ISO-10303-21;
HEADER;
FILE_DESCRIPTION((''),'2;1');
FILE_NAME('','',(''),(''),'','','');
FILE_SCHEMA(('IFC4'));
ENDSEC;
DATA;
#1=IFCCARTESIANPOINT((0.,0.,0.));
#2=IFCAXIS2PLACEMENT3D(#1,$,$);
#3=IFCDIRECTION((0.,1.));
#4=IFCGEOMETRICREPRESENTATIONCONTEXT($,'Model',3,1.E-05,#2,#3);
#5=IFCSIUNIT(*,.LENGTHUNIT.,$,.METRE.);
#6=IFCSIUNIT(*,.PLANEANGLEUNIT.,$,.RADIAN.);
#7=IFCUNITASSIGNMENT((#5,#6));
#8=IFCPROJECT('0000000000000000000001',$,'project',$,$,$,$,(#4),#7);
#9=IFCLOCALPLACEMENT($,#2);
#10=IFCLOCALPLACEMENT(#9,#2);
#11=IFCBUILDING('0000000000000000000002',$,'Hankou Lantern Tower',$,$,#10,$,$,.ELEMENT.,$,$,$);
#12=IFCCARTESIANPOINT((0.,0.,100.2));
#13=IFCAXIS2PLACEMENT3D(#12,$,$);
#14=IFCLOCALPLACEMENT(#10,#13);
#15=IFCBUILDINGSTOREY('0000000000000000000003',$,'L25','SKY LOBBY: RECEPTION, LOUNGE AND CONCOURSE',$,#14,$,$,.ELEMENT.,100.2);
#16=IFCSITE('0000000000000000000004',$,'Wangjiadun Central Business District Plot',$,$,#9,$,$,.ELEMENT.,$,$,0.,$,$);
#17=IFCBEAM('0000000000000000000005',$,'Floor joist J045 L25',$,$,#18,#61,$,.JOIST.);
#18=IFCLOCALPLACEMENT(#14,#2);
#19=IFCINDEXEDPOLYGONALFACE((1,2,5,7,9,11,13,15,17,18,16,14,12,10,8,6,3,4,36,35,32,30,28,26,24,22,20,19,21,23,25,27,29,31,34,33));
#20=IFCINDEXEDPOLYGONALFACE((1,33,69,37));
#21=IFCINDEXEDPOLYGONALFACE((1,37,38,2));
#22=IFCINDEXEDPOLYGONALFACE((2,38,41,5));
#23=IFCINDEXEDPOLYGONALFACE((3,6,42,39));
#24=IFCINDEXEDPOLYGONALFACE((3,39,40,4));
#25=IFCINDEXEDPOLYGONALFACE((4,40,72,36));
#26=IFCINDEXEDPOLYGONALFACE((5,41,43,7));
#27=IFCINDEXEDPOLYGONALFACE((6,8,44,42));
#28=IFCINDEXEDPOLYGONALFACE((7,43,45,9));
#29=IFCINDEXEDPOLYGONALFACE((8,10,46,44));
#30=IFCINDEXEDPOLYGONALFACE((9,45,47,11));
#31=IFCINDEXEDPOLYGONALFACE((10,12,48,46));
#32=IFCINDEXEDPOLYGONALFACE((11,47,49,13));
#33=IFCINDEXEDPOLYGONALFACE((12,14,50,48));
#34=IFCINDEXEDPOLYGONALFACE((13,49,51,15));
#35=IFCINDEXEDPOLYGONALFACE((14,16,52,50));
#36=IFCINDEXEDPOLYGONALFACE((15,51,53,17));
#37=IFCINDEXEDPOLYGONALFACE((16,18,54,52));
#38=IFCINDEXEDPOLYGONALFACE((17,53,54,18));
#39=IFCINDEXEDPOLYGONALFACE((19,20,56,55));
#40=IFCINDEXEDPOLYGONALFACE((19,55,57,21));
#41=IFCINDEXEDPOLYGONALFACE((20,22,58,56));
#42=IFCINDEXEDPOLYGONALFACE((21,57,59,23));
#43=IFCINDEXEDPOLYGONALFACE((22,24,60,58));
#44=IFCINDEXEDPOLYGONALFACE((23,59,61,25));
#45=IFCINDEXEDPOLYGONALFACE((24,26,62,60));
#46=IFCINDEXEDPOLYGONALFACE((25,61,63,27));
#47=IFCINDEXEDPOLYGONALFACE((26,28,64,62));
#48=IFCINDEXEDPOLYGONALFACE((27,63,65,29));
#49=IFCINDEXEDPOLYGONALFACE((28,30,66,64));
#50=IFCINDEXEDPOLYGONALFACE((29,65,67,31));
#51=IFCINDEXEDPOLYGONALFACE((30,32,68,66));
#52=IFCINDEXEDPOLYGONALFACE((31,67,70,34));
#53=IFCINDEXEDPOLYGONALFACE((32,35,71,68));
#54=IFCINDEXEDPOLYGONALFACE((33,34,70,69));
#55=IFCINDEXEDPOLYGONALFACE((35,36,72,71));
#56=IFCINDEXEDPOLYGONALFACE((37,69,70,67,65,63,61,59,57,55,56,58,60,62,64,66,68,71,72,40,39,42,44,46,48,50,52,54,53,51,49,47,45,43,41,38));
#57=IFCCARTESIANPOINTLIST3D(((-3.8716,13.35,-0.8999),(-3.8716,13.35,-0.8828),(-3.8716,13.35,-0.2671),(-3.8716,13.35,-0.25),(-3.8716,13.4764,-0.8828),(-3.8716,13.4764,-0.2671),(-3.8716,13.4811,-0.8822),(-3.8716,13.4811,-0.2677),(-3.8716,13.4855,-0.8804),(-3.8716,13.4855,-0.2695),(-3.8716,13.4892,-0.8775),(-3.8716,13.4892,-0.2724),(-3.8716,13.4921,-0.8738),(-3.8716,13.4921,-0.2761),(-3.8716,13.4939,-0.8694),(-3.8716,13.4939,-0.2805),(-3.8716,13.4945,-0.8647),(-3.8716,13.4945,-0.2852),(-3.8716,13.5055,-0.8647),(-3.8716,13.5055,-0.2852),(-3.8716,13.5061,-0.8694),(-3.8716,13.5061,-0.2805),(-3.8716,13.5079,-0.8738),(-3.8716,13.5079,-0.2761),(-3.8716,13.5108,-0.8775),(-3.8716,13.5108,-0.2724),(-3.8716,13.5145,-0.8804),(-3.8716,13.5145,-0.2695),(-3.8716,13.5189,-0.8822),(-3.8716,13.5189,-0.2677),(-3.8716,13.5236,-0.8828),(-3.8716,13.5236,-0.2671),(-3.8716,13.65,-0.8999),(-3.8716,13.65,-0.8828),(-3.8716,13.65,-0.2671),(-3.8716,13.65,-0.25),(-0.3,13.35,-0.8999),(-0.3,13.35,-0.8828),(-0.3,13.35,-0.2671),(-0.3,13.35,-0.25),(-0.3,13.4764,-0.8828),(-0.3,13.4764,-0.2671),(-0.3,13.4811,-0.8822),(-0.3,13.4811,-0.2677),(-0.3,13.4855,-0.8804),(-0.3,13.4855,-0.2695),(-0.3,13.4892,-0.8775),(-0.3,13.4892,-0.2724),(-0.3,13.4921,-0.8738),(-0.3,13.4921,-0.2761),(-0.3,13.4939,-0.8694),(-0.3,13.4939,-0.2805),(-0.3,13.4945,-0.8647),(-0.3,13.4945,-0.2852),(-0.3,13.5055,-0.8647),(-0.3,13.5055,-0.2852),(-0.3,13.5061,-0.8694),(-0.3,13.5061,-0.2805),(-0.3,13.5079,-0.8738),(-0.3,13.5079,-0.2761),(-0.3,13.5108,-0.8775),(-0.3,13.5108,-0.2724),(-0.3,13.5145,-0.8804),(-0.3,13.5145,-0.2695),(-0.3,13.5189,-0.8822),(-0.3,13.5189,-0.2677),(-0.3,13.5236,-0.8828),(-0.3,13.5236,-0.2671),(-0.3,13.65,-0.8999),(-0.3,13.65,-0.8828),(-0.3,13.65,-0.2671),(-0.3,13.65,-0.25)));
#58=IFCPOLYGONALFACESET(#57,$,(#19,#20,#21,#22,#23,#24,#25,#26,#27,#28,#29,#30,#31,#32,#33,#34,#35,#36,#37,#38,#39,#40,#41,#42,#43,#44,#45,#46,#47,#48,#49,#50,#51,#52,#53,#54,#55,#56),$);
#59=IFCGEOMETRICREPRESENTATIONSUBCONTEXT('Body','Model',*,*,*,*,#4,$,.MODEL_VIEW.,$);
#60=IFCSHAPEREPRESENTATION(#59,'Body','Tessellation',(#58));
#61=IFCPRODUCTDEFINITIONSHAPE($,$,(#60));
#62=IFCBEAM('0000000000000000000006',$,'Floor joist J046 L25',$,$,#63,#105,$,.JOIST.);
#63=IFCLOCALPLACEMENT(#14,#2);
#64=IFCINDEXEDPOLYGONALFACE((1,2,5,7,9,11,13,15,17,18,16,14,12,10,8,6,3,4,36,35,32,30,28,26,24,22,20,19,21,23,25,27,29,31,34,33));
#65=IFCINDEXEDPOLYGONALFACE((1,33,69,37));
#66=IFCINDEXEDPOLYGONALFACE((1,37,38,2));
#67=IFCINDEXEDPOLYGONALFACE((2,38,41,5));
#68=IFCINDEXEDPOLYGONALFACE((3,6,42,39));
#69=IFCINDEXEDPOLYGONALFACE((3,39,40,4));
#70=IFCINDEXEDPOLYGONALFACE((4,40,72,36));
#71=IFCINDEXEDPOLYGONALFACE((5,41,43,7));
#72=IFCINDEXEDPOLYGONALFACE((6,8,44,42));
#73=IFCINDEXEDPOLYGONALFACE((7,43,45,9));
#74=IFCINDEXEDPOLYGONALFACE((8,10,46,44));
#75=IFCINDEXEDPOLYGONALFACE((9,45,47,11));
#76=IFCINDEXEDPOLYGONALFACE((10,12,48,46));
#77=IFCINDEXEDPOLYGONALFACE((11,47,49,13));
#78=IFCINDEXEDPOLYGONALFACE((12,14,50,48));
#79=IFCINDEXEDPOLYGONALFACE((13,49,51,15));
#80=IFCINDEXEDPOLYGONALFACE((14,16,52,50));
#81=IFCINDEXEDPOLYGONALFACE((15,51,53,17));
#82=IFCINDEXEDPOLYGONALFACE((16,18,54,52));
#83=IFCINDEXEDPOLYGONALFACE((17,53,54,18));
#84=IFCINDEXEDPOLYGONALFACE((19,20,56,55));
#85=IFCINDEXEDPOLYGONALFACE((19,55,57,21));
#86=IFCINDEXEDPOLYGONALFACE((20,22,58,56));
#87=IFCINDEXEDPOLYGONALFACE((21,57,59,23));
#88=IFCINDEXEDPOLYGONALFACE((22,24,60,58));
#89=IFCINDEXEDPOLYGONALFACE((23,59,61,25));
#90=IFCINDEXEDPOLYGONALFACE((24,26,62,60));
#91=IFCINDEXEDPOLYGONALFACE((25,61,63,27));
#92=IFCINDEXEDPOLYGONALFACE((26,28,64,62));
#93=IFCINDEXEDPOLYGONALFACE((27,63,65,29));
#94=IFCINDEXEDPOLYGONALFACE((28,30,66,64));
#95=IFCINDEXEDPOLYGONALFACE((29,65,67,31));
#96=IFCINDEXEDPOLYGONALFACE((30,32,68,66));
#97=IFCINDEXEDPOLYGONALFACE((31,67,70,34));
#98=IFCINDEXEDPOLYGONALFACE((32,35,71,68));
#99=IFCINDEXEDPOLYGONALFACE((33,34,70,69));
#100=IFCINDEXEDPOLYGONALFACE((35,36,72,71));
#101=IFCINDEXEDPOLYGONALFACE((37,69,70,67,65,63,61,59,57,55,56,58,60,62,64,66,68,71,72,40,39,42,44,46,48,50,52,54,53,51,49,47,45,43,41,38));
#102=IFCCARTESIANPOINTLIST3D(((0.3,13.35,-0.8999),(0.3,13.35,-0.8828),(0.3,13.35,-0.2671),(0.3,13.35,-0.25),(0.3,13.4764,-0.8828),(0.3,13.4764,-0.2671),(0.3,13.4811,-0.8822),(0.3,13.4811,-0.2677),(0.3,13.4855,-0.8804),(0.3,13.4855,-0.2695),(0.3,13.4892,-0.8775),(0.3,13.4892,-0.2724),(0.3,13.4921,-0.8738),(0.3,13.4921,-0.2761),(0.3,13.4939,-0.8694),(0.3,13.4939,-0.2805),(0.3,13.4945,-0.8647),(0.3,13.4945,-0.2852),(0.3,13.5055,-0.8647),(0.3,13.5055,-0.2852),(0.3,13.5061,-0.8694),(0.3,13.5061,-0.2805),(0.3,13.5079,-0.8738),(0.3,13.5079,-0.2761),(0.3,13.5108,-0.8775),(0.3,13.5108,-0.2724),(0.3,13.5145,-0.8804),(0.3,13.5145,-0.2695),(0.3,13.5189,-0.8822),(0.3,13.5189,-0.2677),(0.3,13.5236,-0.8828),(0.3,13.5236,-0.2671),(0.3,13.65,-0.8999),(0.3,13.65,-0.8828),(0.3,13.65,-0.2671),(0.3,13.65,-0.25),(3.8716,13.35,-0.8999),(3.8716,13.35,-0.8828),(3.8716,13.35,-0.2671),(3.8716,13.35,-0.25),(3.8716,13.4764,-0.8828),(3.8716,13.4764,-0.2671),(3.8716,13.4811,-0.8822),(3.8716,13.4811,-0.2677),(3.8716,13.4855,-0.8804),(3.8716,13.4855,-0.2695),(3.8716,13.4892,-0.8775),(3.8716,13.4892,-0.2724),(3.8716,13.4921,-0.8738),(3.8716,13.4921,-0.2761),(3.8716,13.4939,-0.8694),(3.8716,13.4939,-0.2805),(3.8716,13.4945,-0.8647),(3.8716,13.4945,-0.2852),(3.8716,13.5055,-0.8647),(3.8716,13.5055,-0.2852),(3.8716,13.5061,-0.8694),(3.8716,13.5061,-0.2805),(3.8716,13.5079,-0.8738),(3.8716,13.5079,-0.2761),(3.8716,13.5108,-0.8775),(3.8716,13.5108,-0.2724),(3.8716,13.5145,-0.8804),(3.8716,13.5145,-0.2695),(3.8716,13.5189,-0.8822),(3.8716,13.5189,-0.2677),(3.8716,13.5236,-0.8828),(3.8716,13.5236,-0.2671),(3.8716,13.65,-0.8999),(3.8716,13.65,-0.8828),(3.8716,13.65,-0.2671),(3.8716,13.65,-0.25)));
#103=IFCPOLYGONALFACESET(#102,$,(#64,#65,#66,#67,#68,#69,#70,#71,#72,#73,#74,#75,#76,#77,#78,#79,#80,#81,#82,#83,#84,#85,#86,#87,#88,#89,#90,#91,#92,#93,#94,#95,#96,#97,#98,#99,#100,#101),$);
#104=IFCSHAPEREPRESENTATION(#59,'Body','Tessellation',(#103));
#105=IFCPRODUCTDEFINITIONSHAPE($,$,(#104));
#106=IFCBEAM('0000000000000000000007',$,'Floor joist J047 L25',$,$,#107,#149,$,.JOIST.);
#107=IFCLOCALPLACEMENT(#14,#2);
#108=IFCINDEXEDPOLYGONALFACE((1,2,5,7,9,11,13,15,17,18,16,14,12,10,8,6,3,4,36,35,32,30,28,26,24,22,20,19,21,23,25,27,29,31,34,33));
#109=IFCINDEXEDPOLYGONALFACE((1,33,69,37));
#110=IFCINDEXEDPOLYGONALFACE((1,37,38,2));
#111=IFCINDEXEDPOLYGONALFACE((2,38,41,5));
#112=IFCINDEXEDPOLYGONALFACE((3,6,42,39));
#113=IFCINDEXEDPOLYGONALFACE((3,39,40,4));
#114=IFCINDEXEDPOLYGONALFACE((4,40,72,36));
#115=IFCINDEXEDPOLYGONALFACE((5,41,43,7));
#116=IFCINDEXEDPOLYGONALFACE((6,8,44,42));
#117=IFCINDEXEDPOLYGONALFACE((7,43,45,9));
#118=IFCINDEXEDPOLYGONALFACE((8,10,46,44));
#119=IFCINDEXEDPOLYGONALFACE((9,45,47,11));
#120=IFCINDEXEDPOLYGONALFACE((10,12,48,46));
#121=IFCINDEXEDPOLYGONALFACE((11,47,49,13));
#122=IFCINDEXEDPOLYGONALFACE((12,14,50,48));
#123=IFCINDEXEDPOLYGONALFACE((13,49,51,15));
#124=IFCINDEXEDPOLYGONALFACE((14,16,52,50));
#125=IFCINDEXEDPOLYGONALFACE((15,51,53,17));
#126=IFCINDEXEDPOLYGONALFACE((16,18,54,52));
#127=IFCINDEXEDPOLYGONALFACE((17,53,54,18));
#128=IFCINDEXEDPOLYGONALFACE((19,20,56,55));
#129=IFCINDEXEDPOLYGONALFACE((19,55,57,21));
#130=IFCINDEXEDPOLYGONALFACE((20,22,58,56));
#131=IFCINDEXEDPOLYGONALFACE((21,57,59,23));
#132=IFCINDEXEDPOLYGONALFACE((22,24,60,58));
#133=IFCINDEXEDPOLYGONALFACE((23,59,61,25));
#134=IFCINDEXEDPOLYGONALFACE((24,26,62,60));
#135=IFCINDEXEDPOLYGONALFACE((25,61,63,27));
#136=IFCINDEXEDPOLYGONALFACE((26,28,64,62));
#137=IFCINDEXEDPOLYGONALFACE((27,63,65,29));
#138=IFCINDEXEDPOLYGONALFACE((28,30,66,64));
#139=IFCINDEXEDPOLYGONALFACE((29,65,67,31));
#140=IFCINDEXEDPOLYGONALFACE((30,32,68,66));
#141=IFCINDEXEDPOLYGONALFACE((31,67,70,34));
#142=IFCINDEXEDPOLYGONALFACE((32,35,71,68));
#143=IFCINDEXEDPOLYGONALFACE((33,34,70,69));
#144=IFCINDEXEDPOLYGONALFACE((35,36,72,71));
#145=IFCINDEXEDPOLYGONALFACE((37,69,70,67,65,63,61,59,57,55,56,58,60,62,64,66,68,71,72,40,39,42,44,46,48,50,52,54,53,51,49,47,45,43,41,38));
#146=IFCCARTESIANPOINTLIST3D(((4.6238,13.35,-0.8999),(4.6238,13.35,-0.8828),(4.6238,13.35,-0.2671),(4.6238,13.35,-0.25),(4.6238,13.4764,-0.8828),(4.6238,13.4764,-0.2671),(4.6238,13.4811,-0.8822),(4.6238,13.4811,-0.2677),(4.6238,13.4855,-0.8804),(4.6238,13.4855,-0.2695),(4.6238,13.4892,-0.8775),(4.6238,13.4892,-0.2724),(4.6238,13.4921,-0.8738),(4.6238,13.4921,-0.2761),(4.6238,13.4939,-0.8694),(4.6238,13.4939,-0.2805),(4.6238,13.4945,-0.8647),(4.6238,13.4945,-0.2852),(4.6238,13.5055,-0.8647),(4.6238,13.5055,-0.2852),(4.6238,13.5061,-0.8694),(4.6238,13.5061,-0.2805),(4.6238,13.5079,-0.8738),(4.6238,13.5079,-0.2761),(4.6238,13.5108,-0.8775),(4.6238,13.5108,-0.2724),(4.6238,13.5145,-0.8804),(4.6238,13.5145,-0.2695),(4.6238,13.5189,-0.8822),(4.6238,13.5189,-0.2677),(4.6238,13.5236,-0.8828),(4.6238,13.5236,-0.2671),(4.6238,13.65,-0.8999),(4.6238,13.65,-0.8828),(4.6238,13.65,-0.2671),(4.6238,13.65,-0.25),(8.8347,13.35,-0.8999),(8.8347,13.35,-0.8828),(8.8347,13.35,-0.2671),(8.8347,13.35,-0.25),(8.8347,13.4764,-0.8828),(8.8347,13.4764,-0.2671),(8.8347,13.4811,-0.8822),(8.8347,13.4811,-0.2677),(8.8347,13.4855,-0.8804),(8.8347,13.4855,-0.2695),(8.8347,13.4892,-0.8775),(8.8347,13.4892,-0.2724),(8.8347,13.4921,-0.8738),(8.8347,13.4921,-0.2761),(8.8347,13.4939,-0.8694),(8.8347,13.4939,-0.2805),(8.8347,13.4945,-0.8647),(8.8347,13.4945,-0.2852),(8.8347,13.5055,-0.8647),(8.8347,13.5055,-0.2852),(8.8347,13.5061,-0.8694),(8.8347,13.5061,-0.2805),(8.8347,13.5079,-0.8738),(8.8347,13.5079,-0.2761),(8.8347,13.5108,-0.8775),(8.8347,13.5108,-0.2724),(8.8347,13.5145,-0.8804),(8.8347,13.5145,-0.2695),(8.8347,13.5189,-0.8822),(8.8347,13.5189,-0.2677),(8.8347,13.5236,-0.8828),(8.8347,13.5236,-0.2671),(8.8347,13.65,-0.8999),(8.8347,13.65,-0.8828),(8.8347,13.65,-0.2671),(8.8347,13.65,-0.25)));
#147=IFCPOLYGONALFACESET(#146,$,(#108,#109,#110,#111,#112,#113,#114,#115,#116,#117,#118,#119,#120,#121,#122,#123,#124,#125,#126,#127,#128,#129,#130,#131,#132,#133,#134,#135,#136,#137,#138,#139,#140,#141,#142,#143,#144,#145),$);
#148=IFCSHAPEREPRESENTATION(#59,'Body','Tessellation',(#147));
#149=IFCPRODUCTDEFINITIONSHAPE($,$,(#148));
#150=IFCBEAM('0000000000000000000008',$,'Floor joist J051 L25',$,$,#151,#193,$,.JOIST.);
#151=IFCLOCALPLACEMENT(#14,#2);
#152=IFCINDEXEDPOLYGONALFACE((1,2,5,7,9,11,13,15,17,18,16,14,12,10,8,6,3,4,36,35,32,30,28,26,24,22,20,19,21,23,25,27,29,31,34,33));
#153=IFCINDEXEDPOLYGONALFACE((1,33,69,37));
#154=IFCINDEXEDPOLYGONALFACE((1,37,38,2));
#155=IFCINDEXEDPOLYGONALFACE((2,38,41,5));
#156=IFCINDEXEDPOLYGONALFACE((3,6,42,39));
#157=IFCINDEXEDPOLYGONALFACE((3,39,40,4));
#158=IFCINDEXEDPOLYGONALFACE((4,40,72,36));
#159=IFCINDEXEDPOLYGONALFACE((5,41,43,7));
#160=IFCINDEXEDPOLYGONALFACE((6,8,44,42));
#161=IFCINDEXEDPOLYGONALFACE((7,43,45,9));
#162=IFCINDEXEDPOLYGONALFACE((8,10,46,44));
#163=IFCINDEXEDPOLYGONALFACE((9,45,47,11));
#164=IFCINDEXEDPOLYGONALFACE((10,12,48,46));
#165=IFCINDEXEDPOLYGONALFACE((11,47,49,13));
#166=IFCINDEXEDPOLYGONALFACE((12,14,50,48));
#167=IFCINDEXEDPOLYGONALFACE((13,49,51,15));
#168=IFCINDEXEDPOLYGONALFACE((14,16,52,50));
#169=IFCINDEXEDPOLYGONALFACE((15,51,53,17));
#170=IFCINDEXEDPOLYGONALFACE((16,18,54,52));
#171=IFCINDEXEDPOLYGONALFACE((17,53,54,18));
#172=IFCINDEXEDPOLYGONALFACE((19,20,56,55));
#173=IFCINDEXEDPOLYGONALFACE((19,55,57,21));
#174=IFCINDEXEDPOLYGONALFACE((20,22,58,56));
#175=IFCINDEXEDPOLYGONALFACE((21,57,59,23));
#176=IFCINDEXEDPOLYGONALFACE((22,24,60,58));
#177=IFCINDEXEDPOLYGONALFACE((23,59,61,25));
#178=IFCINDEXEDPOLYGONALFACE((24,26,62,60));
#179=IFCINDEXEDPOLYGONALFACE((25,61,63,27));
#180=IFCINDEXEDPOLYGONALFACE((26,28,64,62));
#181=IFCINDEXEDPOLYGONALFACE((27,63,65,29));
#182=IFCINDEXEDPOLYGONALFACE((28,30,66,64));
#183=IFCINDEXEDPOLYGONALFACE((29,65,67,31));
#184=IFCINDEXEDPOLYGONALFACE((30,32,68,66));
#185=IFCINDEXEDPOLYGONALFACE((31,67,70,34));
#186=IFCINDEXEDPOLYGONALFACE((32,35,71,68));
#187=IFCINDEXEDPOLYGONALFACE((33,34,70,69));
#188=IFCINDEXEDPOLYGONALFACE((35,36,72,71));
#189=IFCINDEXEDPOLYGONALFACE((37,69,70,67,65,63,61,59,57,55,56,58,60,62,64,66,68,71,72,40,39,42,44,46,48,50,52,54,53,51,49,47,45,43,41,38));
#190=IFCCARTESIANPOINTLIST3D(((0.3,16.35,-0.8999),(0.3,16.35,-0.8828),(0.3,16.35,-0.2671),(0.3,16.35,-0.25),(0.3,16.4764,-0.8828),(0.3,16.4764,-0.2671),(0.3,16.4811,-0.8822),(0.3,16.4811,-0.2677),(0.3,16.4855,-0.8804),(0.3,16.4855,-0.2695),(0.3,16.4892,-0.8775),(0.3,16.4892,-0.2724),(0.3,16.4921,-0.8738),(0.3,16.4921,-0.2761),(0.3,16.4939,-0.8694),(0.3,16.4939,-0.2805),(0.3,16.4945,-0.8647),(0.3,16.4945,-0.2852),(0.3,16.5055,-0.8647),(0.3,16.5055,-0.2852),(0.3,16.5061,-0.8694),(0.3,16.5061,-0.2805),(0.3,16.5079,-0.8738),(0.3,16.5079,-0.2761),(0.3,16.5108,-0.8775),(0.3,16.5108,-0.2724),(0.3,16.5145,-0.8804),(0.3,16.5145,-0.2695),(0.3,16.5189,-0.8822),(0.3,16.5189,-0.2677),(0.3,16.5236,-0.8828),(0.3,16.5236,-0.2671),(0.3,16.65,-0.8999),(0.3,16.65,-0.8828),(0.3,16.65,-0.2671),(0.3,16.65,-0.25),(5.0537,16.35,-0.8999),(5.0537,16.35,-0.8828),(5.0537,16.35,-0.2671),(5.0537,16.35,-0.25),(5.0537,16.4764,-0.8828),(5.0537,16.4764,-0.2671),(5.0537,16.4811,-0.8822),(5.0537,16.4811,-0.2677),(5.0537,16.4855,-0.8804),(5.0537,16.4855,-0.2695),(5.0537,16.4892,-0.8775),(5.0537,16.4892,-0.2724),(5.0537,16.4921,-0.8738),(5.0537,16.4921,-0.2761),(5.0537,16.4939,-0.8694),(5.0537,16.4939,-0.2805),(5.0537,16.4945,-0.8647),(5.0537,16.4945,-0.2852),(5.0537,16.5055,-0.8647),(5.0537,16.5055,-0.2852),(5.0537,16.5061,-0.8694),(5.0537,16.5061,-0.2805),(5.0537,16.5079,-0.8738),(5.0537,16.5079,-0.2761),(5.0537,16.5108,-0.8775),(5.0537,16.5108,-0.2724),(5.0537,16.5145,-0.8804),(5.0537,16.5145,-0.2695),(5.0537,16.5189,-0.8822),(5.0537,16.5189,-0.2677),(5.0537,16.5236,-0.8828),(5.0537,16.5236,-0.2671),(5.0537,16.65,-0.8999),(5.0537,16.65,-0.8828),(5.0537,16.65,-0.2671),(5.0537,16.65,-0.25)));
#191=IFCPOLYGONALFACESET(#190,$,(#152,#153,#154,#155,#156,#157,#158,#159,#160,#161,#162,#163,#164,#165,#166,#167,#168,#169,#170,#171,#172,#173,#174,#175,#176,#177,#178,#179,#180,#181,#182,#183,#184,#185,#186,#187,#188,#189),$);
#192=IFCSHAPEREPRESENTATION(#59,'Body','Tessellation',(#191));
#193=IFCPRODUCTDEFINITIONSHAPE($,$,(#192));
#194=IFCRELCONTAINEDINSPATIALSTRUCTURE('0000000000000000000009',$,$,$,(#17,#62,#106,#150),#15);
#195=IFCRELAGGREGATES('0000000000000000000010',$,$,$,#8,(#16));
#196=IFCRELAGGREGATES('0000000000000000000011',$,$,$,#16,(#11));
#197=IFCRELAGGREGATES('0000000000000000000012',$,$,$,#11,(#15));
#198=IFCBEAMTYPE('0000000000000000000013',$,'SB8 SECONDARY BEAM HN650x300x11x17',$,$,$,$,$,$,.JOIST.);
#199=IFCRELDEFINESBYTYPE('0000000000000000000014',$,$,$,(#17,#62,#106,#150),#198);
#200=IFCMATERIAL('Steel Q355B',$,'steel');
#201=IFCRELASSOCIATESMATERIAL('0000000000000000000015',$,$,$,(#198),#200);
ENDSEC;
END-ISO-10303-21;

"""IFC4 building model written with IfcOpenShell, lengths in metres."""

from ifc_helpers import new_model, si_unit, direction, frame, origin, origin_2d, place, context, subcontext, project, spatial, i_section, extrude, material, material_profile, profile_set, type_object, element, save


model = new_model("IFC4")

# Units and contexts
model_context = context("Model", 3, precision=1e-05, world=origin(), true_north=direction((0.0, 1.0)))
body_context = subcontext(model_context, "Body", "Model", "MODEL_VIEW")
ifc_project = project(units=[si_unit("LENGTHUNIT", "METRE"), si_unit("PLANEANGLEUNIT", "RADIAN")], contexts=[model_context])

# Site, building, storey
site_placement = place(None, origin())
site = spatial("IfcSite", under=ifc_project, at=site_placement, Name="Wangjiadun Central Business District Plot", CompositionType="ELEMENT", RefElevation=0.0)
building_placement = place(site_placement, origin())
building = spatial("IfcBuilding", under=site, at=building_placement, Name="Hankou Lantern Tower", CompositionType="ELEMENT")
storey_placement = place(building_placement, frame((0.0, 0.0, 100.2)))
storey = spatial("IfcBuildingStorey", under=building, at=storey_placement, Name="L25", Description="SKY LOBBY: RECEPTION, LOUNGE AND CONCOURSE", CompositionType="ELEMENT", Elevation=100.2)

# Beams
ifc_material_1 = material(Name="Steel Q355B", Category="steel")
ifc_material_profile_1 = material_profile(ifc_material_1, i_section(OverallWidth=0.3, OverallDepth=0.6499, WebThickness=0.011, FlangeThickness=0.0171, FilletRadius=0.0181, at=origin_2d()), Name="HN650x300x11x17")
ifc_profile_set_1 = profile_set([ifc_material_profile_1], Name="Steel Q355B")
beam_type_1 = type_object("IfcBeamType", Name="SB8 SECONDARY BEAM HN650x300x11x17", PredefinedType="JOIST", material=ifc_profile_set_1)
for number, where, z_axis, x_axis, name in (
    (1, (-3.8716, 13.5, -0.575), (1.0, 0.0, 0.0), (0.0, 1.0, 0.0), "Floor joist J045 L25"),
    (2, (0.3, 13.5, -0.575), (1.0, 0.0, 0.0), (0.0, 1.0, 0.0), "Floor joist J046 L25"),
):
    element("IfcBeam", number, at=place(storey_placement, frame(where, z_axis=z_axis, x_axis=x_axis)), inside=storey, type_object=beam_type_1, Name=name, PredefinedType="JOIST", context=body_context, shape_type="SweptSolid", body=[
        extrude(i_section(OverallWidth=0.3, OverallDepth=0.6499, WebThickness=0.011, FlangeThickness=0.0171, FilletRadius=0.0181, at=origin_2d()), origin(), (0.0, 0.0, 1.0), 3.5715),
    ])
beam_1_placement = place(storey_placement, frame((4.6238, 13.5, -0.575), z_axis=(1.0, 0.0, 0.0), x_axis=(0.0, 1.0, 0.0)))
element("IfcBeam", 3, at=beam_1_placement, inside=storey, type_object=beam_type_1, Name="Floor joist J047 L25", PredefinedType="JOIST", context=body_context, shape_type="SweptSolid", body=[
    extrude(i_section(OverallWidth=0.3, OverallDepth=0.6499, WebThickness=0.011, FlangeThickness=0.0171, FilletRadius=0.0181, at=origin_2d()), origin(), (0.0, 0.0, 1.0), 4.2109),
])
beam_2_placement = place(storey_placement, frame((0.3, 16.5, -0.575), z_axis=(1.0, 0.0, 0.0), x_axis=(0.0, 1.0, 0.0)))
element("IfcBeam", 4, at=beam_2_placement, inside=storey, type_object=beam_type_1, Name="Floor joist J051 L25", PredefinedType="JOIST", context=body_context, shape_type="SweptSolid", body=[
    extrude(i_section(OverallWidth=0.3, OverallDepth=0.6499, WebThickness=0.011, FlangeThickness=0.0171, FilletRadius=0.0181, at=origin_2d()), origin(), (0.0, 0.0, 1.0), 4.7537),
])

save(model, "model.ifc")
